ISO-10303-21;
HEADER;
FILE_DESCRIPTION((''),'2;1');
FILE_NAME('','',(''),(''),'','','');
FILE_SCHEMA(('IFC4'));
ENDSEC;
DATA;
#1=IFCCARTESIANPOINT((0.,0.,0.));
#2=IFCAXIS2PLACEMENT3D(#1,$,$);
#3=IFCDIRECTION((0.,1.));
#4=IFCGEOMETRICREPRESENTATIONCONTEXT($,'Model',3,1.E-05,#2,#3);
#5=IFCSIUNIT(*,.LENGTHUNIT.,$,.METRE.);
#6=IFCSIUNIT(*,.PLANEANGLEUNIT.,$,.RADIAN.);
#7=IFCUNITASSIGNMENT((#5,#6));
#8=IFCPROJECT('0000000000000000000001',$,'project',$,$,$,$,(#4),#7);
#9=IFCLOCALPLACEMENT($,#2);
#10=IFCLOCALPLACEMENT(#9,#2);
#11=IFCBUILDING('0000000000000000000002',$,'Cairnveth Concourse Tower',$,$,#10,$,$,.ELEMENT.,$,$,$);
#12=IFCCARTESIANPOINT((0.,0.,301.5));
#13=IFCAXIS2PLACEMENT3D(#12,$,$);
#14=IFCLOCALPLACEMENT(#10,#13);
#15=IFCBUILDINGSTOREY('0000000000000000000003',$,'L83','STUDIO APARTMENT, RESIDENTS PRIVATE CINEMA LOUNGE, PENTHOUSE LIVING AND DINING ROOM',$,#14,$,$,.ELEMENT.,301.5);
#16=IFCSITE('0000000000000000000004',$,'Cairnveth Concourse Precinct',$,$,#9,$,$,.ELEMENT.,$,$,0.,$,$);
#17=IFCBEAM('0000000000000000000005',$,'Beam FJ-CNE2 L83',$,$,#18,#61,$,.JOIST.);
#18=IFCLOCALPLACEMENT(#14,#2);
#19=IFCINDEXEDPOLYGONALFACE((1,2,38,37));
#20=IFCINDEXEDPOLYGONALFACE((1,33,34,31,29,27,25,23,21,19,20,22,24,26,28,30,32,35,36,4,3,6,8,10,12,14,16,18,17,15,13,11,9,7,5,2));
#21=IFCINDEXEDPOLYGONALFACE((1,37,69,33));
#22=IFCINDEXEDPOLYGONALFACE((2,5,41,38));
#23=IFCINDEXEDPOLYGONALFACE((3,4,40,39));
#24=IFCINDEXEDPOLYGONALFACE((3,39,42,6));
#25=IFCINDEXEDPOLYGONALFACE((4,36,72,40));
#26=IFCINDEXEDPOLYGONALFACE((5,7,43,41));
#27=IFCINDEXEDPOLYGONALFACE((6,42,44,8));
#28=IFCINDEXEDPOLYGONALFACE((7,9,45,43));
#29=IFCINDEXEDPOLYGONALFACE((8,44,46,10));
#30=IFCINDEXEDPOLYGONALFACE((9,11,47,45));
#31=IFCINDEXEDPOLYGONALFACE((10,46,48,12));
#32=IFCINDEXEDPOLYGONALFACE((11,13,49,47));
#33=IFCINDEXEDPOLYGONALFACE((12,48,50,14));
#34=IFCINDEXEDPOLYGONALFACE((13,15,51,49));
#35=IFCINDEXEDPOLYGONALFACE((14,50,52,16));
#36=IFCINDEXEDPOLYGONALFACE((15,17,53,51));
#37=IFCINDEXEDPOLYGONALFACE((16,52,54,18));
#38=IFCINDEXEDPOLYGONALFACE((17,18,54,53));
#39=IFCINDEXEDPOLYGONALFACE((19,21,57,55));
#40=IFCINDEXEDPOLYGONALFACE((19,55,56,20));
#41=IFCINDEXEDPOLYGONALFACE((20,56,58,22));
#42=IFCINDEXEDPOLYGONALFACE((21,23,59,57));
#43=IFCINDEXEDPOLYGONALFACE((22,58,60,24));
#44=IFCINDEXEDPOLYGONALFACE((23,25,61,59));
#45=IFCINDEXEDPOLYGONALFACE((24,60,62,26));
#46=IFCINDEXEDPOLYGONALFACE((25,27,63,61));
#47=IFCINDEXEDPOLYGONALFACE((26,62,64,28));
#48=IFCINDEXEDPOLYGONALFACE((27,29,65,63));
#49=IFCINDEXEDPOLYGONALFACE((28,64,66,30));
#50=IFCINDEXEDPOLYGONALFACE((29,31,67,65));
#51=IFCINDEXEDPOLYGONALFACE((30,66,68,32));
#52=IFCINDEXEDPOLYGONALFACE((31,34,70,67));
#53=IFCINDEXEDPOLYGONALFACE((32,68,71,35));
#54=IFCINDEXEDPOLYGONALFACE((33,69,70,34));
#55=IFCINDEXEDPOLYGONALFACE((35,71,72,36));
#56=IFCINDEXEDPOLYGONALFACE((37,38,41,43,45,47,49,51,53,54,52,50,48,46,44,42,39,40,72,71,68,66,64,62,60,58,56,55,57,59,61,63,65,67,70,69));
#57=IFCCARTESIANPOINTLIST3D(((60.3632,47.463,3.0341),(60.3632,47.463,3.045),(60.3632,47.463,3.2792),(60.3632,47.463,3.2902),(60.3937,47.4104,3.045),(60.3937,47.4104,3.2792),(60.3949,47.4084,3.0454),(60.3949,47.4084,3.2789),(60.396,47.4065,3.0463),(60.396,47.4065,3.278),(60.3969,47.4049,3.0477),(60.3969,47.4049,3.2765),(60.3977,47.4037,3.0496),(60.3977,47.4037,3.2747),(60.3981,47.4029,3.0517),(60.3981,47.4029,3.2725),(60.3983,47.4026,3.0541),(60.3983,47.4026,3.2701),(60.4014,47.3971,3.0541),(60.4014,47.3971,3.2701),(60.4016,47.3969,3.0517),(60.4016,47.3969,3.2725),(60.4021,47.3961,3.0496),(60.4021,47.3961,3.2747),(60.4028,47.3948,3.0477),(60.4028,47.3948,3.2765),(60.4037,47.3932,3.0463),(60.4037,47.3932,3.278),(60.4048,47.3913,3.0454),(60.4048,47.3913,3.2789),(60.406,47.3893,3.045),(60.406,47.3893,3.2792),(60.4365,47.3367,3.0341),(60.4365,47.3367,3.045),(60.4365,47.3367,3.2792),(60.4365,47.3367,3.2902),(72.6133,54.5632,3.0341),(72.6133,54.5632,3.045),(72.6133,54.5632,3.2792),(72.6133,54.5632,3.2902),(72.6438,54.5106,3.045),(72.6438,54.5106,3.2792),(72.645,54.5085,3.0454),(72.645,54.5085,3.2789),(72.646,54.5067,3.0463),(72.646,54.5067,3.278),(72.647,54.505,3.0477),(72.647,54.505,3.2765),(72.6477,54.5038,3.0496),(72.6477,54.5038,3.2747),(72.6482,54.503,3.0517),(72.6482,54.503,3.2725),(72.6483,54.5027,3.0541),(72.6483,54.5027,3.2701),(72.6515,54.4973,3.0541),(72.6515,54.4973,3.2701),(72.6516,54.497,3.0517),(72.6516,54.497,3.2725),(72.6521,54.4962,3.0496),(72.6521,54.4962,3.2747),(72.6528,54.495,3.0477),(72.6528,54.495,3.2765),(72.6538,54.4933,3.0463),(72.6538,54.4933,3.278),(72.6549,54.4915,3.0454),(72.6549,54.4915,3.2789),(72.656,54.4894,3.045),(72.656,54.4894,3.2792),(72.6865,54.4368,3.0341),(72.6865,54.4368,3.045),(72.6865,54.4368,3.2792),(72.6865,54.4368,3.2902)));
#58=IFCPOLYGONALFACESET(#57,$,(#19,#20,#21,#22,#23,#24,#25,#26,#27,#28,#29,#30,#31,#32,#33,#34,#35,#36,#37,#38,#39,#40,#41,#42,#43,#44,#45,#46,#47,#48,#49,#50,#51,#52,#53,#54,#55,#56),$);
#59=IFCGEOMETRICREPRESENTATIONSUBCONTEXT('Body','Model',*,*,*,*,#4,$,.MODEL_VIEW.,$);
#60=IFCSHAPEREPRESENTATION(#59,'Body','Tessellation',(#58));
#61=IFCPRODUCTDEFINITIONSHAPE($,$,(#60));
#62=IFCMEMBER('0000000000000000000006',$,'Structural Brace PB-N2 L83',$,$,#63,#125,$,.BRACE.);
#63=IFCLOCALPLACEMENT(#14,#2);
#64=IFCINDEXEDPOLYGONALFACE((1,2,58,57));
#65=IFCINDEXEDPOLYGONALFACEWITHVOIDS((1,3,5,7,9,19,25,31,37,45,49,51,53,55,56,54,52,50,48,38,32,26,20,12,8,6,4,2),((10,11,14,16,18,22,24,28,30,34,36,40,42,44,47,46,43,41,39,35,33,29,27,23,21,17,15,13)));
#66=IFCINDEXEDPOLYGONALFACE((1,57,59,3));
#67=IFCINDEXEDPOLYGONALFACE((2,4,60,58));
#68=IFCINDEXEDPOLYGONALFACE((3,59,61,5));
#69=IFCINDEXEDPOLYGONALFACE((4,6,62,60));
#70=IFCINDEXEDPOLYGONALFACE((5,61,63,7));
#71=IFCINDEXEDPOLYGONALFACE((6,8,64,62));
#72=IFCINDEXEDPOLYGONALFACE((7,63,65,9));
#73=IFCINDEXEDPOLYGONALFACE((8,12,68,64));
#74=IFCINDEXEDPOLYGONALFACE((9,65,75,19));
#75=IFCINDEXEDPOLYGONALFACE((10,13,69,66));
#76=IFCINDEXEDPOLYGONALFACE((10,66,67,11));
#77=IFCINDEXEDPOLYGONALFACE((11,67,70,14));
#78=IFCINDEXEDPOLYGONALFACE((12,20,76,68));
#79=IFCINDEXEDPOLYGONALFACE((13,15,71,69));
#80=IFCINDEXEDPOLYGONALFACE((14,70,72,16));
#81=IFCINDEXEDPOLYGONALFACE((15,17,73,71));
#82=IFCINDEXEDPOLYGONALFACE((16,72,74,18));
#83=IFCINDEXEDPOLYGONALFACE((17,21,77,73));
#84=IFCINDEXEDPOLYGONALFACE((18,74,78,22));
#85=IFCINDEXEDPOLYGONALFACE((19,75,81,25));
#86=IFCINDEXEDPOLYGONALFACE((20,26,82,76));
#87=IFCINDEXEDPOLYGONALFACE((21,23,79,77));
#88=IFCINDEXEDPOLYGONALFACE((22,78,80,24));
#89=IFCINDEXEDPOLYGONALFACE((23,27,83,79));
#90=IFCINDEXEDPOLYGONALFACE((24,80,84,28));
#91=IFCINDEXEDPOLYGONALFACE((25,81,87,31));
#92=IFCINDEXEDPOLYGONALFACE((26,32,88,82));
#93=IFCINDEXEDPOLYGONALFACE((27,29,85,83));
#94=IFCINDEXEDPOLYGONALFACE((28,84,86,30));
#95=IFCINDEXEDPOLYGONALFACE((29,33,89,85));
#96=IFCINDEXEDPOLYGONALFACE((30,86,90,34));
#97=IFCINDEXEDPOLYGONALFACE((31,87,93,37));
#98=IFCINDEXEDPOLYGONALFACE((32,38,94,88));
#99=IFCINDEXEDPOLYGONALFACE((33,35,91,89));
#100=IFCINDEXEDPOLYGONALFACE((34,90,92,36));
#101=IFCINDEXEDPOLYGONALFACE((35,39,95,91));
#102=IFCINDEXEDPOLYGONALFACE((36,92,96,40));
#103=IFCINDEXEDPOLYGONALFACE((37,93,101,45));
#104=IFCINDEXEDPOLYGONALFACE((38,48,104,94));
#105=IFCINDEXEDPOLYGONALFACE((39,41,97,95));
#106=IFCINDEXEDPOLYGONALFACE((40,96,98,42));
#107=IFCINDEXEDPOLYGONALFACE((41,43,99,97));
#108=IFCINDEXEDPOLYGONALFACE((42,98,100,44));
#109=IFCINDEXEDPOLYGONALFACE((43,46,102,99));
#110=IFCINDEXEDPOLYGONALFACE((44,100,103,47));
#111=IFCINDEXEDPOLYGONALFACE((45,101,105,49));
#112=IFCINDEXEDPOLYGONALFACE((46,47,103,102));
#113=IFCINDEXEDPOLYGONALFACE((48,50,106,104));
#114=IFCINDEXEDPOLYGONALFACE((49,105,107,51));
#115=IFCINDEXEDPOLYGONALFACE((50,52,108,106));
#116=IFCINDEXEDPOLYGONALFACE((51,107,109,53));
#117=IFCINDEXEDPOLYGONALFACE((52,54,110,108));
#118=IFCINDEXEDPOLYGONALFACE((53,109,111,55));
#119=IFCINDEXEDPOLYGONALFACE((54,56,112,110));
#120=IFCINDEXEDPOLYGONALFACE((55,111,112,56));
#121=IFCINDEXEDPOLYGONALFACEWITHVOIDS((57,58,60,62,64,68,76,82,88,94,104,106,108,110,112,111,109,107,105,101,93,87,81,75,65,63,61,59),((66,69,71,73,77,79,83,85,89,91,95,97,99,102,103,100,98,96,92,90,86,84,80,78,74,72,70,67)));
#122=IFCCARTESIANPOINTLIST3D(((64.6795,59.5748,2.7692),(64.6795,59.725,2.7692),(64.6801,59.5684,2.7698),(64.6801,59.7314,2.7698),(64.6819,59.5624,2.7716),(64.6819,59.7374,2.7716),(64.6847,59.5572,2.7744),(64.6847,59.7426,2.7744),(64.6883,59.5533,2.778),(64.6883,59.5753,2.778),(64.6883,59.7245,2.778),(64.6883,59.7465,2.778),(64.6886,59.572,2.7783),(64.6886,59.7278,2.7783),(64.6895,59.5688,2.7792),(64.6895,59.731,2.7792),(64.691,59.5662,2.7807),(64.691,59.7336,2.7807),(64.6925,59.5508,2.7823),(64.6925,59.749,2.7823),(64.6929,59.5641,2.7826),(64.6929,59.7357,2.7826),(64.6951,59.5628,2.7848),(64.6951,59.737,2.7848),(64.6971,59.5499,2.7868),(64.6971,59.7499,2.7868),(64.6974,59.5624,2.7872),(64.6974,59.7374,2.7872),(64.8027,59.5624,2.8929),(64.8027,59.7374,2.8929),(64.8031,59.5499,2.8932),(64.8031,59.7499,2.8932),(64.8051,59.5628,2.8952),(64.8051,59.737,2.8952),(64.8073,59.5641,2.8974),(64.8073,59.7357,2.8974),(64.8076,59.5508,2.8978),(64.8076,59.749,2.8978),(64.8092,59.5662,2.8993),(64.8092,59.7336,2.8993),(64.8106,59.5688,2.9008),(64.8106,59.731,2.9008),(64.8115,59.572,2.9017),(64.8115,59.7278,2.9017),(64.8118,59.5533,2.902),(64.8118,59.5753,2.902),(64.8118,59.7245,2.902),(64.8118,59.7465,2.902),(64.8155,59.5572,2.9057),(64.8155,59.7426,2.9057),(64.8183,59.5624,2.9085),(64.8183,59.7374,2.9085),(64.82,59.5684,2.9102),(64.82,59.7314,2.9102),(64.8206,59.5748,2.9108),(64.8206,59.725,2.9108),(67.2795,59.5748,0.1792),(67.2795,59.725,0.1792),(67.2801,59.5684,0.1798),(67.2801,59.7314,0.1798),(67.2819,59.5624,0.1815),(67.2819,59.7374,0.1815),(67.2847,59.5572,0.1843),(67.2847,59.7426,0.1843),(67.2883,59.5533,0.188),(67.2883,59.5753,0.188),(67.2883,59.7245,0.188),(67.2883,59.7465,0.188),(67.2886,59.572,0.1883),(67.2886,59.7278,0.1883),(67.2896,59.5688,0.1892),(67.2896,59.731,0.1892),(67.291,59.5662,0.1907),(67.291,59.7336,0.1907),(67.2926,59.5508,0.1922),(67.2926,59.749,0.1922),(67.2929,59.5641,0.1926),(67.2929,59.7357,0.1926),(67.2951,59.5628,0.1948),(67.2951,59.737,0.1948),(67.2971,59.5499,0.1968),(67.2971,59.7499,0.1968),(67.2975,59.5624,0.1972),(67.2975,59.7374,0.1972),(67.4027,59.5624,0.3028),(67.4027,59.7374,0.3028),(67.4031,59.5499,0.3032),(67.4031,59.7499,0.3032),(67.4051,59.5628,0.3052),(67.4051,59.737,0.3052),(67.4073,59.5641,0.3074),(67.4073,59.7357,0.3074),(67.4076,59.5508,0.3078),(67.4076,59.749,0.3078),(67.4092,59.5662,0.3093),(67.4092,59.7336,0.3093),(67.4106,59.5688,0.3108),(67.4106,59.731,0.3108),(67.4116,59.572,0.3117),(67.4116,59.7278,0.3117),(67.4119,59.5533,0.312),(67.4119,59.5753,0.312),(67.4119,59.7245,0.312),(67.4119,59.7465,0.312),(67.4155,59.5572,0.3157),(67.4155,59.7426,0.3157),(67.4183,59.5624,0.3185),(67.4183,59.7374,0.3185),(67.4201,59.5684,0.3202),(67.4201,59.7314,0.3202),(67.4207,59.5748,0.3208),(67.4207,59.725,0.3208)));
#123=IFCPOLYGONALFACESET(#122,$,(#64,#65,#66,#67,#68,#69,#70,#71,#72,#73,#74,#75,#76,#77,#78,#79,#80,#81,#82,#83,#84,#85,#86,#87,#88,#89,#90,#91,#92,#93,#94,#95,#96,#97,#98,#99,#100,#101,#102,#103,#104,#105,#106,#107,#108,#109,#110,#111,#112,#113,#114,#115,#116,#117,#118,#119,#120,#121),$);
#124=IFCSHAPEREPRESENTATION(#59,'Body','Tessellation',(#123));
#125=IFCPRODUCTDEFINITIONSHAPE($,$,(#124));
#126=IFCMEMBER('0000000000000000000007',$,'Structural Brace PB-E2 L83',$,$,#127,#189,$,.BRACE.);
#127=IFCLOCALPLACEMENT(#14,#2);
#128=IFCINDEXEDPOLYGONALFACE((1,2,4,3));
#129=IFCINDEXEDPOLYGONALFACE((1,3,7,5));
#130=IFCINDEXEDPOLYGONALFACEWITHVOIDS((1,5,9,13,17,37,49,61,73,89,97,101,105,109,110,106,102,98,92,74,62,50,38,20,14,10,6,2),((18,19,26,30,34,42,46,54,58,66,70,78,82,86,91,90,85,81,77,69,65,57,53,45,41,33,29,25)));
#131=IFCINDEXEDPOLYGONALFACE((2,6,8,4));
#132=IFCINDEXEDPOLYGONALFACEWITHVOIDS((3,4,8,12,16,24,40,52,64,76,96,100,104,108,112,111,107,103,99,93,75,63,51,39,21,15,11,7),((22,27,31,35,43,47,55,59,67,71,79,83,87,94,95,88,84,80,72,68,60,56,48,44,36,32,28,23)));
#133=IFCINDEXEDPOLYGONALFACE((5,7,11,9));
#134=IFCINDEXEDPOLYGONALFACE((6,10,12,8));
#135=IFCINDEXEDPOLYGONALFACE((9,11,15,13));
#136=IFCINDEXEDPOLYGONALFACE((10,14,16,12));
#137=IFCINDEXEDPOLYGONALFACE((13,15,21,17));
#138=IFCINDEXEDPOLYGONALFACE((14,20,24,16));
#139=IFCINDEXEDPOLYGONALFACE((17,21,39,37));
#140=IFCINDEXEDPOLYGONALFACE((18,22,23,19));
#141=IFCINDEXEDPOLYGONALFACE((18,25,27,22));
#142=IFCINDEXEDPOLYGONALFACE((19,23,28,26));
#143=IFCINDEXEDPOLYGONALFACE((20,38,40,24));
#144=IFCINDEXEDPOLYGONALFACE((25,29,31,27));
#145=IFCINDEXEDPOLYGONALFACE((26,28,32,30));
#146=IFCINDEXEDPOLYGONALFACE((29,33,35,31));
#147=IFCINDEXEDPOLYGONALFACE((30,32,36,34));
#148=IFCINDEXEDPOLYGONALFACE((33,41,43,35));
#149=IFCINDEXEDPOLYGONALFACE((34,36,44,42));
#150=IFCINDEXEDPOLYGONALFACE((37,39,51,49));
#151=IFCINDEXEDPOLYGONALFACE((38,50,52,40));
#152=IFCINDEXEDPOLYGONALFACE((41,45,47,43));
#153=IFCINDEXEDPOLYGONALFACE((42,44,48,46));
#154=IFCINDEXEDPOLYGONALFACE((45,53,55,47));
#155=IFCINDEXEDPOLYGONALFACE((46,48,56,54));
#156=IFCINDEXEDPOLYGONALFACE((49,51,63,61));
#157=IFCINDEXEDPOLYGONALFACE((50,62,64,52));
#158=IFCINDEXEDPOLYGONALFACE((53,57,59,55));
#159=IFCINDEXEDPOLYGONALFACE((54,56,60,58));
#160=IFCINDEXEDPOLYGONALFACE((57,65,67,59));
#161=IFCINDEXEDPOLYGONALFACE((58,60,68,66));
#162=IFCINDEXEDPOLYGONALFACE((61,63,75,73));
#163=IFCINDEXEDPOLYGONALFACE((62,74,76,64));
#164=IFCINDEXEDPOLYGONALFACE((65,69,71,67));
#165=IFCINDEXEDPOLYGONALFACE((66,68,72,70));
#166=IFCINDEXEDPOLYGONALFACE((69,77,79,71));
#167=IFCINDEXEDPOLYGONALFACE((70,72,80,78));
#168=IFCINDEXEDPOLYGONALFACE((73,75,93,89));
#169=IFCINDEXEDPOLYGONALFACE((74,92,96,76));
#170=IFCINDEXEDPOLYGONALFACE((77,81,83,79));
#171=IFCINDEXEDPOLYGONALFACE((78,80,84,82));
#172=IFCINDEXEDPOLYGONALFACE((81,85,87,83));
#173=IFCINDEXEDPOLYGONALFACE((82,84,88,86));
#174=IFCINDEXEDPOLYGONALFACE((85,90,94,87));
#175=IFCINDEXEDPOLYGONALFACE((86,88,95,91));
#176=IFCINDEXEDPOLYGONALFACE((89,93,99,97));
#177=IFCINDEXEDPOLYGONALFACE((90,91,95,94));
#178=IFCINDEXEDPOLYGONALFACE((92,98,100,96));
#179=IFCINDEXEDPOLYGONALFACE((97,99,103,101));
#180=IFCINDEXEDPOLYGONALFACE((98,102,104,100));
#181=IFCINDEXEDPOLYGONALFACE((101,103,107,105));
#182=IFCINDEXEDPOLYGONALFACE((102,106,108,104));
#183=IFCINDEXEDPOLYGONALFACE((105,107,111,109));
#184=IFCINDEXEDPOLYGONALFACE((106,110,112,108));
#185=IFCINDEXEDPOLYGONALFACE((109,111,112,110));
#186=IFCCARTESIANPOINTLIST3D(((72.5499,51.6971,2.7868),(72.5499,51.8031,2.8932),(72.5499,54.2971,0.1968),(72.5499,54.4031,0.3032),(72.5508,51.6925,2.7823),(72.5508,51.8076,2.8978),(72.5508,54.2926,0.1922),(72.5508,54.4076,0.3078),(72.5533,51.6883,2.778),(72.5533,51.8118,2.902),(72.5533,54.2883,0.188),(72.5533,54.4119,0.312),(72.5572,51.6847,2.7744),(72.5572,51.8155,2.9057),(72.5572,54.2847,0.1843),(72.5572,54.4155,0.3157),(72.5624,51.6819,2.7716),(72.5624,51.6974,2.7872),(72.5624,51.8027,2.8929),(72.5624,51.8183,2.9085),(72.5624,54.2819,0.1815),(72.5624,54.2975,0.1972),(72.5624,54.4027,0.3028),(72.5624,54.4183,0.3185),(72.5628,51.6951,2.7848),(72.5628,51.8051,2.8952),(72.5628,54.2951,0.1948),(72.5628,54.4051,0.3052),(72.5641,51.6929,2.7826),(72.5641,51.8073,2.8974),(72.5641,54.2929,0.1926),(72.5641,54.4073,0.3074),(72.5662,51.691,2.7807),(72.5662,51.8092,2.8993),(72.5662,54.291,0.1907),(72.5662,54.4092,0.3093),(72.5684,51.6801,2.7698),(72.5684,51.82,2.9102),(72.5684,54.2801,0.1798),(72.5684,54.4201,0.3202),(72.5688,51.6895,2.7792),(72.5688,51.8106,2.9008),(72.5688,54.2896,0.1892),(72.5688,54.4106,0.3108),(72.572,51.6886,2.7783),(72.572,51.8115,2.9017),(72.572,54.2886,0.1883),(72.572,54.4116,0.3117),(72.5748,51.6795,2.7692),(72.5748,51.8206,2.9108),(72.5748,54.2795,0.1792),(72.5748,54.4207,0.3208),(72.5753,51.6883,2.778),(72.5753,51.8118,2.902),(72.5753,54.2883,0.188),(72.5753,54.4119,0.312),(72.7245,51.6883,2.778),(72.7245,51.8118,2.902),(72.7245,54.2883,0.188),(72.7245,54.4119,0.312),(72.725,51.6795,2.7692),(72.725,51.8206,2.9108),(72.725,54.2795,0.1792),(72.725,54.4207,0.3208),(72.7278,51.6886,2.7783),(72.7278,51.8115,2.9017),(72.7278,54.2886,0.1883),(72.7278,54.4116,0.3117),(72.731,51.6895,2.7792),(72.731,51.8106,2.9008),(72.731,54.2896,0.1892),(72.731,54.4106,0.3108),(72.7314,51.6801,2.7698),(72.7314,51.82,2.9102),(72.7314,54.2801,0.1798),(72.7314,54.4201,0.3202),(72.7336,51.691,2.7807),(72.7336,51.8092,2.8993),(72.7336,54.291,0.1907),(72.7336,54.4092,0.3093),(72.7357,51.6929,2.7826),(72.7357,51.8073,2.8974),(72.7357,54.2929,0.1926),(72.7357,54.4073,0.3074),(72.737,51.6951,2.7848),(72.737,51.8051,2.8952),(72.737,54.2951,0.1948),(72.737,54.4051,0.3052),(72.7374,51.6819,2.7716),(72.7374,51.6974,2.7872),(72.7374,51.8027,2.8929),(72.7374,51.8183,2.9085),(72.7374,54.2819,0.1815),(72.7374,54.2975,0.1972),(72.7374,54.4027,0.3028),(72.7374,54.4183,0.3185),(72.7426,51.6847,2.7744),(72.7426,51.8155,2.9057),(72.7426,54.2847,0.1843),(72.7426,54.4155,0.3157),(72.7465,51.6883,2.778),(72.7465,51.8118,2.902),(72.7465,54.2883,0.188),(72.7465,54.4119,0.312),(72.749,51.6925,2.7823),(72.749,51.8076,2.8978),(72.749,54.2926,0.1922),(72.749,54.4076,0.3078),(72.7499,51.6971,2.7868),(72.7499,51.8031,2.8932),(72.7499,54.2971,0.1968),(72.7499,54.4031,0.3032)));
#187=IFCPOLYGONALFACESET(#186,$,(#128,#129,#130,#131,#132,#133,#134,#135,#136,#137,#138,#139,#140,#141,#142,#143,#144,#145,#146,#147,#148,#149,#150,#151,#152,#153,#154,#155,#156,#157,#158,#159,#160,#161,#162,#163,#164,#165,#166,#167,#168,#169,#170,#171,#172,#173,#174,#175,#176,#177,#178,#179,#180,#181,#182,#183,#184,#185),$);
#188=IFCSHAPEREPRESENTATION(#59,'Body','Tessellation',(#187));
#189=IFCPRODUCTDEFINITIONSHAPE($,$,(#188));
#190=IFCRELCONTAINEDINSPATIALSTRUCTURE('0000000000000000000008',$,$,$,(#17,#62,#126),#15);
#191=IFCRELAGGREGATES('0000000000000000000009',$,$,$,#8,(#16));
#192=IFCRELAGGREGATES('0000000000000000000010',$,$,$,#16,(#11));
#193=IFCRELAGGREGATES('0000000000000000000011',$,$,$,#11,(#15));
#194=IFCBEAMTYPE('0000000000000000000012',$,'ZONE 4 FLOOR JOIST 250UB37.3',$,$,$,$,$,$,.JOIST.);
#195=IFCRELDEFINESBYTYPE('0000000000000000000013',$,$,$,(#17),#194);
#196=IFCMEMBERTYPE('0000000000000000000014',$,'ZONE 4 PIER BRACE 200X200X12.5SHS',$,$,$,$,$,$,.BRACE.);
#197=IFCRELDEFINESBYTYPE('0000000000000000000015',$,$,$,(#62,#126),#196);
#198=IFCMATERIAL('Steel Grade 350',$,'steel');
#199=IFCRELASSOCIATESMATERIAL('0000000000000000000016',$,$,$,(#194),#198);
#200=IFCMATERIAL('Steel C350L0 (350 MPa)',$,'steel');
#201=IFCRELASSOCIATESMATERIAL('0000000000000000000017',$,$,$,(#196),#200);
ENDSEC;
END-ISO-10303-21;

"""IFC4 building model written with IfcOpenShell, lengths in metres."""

from ifc_helpers import new_model, si_unit, direction, frame, origin, origin_2d, place, context, subcontext, project, spatial, hollow_rectangle, i_section, extrude, material, material_profile, profile_set, type_object, element, save


model = new_model("IFC4")

# Units and contexts
model_context = context("Model", 3, precision=1e-05, world=origin(), true_north=direction((0.0, 1.0)))
body_context = subcontext(model_context, "Body", "Model", "MODEL_VIEW")
ifc_project = project(units=[si_unit("LENGTHUNIT", "METRE"), si_unit("PLANEANGLEUNIT", "RADIAN")], contexts=[model_context])

# Site, building, storey
site_placement = place(None, origin())
site = spatial("IfcSite", under=ifc_project, at=site_placement, Name="Cairnveth Concourse Precinct", CompositionType="ELEMENT", RefElevation=0.0)
building_placement = place(site_placement, origin())
building = spatial("IfcBuilding", under=site, at=building_placement, Name="Cairnveth Concourse Tower", CompositionType="ELEMENT")
storey_placement = place(building_placement, frame((0.0, 0.0, 301.5)))
storey = spatial("IfcBuildingStorey", under=building, at=storey_placement, Name="L83", Description="STUDIO APARTMENT, RESIDENTS PRIVATE CINEMA LOUNGE, PENTHOUSE LIVING AND DINING ROOM", CompositionType="ELEMENT", Elevation=301.5)

# Shared definitions
ifc_material_1 = material(Name="Steel Grade 350", Category="steel")

# Beam
ifc_material_profile_1 = material_profile(ifc_material_1, i_section(OverallWidth=0.146, OverallDepth=0.2561, WebThickness=0.0063, FlangeThickness=0.011, FilletRadius=0.009, at=origin_2d()), Name="250UB37.3")
ifc_profile_set_1 = profile_set([ifc_material_profile_1], Name="Steel Grade 350")
beam_type_1 = type_object("IfcBeamType", Name="ZONE 4 FLOOR JOIST 250UB37.3", PredefinedType="JOIST", material=ifc_profile_set_1)
beam_1_placement = place(storey_placement, frame((72.6499, 54.5, 3.1621), z_axis=(-0.865181, -0.501459, 0.0), x_axis=(0.501459, -0.865181, 0.0)))
element("IfcBeam", 1, at=beam_1_placement, inside=storey, type_object=beam_type_1, Name="Beam FJ-CNE2 L83", PredefinedType="JOIST", context=body_context, shape_type="SweptSolid", body=[
    extrude(i_section(OverallWidth=0.146, OverallDepth=0.2561, WebThickness=0.0063, FlangeThickness=0.011, FilletRadius=0.009, at=origin_2d()), origin(), (0.0, 0.0, 1.0), 14.1589),
])

# Members
ifc_material_2 = material(Name="Steel C350L0 (350 MPa)", Category="steel")
ifc_material_profile_2 = material_profile(ifc_material_2, hollow_rectangle(XDim=0.2, YDim=0.2, WallThickness=0.0125, InnerFilletRadius=0.0129, OuterFilletRadius=0.0249, at=origin_2d()), Name="200x200x12.5SHS")
ifc_profile_set_2 = profile_set([ifc_material_profile_2], Name="Steel C350L0 (350 MPa)")
member_type = type_object("IfcMemberType", Name="ZONE 4 PIER BRACE 200X200X12.5SHS", PredefinedType="BRACE", material=ifc_profile_set_2)
for number, where, z_axis, x_axis, name in (
    (2, (67.3501, 59.6499, 0.25), (-0.708469, 0.0, 0.705742), (0.0, -1.0, 0.0), "Structural Brace PB-N2 L83"),
    (3, (72.6499, 54.3501, 0.25), (0.0, -0.708469, 0.705742), (1.0, 0.0, 0.0), "Structural Brace PB-E2 L83"),
):
    element("IfcMember", number, at=place(storey_placement, frame(where, z_axis=z_axis, x_axis=x_axis)), inside=storey, type_object=member_type, Name=name, PredefinedType="BRACE", context=body_context, shape_type="SweptSolid", body=[
        extrude(hollow_rectangle(XDim=0.2, YDim=0.2, WallThickness=0.0125, InnerFilletRadius=0.0129, OuterFilletRadius=0.0249, at=origin_2d()), origin(), (0.0, 0.0, 1.0), 3.6699),
    ])

save(model, "model.ifc")
